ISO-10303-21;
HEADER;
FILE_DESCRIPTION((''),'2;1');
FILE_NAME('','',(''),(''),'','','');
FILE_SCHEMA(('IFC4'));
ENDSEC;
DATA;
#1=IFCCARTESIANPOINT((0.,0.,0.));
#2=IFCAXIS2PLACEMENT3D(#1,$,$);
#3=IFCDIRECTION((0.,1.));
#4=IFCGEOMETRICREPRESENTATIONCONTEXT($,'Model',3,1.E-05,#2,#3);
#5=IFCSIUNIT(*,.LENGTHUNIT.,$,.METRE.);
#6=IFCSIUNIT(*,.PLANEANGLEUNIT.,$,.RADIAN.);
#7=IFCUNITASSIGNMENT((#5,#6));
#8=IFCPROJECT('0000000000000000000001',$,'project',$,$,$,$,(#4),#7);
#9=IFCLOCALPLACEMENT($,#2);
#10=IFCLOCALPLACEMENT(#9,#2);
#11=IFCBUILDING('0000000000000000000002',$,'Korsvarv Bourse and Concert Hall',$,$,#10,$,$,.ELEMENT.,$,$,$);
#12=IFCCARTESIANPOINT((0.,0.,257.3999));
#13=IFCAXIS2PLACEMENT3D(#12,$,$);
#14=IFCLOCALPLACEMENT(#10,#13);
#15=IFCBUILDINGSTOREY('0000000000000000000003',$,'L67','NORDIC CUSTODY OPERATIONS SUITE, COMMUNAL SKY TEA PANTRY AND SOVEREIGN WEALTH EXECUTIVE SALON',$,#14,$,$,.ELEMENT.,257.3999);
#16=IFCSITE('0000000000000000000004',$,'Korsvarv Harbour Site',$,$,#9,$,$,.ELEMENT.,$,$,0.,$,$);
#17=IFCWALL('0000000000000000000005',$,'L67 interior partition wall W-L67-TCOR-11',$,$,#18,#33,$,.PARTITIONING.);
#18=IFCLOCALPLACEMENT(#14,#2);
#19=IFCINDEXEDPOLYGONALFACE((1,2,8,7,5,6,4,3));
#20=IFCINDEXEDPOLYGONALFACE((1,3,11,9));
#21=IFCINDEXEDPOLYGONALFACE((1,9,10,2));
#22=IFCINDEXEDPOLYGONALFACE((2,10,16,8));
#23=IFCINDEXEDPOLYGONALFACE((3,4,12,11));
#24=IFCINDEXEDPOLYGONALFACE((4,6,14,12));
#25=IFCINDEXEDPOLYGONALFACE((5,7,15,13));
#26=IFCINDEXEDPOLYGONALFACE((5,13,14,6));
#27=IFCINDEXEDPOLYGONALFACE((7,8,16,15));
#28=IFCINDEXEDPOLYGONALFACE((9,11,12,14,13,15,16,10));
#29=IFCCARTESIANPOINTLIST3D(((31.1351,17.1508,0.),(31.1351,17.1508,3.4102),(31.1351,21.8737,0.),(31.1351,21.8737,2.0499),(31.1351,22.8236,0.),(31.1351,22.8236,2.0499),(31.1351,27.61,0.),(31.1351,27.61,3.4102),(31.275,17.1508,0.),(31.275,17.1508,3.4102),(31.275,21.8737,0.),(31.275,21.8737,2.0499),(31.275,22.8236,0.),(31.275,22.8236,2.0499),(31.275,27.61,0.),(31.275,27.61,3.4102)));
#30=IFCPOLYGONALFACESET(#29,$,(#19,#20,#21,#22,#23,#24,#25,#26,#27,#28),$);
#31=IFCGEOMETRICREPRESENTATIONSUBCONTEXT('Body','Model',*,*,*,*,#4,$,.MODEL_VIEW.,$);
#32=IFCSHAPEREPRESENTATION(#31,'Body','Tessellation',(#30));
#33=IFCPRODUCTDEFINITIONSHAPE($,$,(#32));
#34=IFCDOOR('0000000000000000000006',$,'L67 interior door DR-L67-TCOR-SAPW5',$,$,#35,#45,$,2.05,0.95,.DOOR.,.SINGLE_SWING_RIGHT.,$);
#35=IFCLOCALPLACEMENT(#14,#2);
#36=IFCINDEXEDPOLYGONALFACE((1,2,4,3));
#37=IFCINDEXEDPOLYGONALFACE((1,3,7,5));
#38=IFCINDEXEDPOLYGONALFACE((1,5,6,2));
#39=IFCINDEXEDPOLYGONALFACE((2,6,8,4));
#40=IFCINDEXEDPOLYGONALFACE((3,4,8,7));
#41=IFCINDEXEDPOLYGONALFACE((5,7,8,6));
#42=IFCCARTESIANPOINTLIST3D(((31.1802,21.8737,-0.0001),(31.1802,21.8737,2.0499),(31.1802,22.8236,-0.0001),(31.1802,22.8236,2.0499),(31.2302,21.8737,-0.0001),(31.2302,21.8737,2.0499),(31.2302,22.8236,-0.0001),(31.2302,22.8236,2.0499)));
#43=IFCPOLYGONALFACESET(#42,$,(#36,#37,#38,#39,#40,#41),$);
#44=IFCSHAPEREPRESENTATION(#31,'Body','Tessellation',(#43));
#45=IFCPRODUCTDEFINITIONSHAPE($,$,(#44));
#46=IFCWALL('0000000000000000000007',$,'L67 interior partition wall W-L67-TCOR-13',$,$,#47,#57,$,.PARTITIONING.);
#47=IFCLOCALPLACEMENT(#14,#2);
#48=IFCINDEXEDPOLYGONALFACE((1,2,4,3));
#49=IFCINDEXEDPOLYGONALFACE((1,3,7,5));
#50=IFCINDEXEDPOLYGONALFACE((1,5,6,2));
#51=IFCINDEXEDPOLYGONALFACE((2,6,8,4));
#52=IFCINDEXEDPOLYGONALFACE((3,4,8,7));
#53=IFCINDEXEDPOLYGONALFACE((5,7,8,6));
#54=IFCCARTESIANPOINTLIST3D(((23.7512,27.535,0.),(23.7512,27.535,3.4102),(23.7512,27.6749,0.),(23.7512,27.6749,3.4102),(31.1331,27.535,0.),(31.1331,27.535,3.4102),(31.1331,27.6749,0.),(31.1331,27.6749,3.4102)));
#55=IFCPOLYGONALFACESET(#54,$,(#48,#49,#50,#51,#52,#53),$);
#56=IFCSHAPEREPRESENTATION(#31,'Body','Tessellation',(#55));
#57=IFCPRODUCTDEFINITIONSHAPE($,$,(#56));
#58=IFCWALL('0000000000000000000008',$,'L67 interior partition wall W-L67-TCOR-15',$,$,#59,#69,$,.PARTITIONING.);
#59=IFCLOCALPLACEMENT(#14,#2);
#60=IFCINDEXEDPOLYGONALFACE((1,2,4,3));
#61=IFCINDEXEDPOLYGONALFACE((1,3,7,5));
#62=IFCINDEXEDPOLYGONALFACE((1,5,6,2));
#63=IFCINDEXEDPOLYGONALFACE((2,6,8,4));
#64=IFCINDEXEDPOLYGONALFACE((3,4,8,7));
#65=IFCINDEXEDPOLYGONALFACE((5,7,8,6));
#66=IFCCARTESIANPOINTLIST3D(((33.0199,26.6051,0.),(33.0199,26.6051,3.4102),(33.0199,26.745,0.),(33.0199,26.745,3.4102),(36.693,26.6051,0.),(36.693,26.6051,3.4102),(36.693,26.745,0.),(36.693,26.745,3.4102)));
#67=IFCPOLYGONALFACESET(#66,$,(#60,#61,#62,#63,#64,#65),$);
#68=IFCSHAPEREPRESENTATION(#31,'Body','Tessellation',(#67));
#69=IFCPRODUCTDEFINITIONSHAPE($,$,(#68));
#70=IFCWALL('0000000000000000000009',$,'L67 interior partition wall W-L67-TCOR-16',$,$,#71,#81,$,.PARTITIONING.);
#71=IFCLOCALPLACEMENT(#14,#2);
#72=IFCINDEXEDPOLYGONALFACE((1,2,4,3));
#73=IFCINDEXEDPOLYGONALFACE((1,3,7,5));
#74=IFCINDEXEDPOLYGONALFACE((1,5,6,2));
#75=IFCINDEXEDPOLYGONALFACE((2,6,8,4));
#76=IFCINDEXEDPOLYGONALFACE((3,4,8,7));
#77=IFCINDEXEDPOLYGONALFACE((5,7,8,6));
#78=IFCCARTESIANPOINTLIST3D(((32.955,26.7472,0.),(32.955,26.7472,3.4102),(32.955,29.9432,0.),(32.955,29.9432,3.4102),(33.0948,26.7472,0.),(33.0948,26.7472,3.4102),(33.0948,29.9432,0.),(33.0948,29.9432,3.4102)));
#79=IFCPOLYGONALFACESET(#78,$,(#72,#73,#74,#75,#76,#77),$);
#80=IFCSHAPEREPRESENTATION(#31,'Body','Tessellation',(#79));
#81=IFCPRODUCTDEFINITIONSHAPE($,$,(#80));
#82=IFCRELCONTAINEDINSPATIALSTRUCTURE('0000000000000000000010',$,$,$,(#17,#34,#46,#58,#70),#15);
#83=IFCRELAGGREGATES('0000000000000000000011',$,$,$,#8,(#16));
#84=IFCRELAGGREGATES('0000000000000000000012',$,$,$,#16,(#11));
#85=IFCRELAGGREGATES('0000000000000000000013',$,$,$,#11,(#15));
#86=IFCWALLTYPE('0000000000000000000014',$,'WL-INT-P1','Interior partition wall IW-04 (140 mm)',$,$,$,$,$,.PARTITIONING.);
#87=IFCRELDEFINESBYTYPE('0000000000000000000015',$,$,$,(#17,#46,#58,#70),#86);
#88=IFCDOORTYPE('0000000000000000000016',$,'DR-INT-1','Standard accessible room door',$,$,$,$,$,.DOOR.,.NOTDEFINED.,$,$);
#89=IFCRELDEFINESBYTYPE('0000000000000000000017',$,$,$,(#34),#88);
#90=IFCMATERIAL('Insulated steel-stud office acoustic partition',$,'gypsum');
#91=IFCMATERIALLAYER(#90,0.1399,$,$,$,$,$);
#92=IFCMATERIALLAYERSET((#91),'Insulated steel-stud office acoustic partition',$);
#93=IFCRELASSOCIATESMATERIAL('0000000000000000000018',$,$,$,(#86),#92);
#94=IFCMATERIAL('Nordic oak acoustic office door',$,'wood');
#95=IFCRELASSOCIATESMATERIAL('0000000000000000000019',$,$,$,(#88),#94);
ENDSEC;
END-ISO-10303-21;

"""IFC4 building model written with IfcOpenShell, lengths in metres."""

from ifc_helpers import new_model, si_unit, direction, frame, frame_2d, origin, place, context, subcontext, project, spatial, rectangle, extrude, material, layer, layer_set, type_object, element, fill, save


model = new_model("IFC4")

# Units and contexts
model_context = context("Model", 3, precision=1e-05, world=origin(), true_north=direction((0.0, 1.0)))
body_context = subcontext(model_context, "Body", "Model", "MODEL_VIEW")
ifc_project = project(units=[si_unit("LENGTHUNIT", "METRE"), si_unit("PLANEANGLEUNIT", "RADIAN")], contexts=[model_context])

# Site, building, storey
site_placement = place(None, origin())
site = spatial("IfcSite", under=ifc_project, at=site_placement, Name="Korsvarv Harbour Site", CompositionType="ELEMENT", RefElevation=0.0)
building_placement = place(site_placement, origin())
building = spatial("IfcBuilding", under=site, at=building_placement, Name="Korsvarv Bourse and Concert Hall", CompositionType="ELEMENT")
storey_placement = place(building_placement, frame((0.0, 0.0, 257.3999)))
storey = spatial("IfcBuildingStorey", under=building, at=storey_placement, Name="L67", Description="NORDIC CUSTODY OPERATIONS SUITE, COMMUNAL SKY TEA PANTRY AND SOVEREIGN WEALTH EXECUTIVE SALON", CompositionType="ELEMENT", Elevation=257.3999)

# Wall, opening, door
ifc_material_1 = material(Name="Insulated steel-stud office acoustic partition", Category="gypsum")
ifc_layer_1 = layer(ifc_material_1, 0.1399)
ifc_layer_set_1 = layer_set([ifc_layer_1], Name="Insulated steel-stud office acoustic partition")
wall_type_1 = type_object("IfcWallType", Name="WL-INT-P1", Description="Interior partition wall IW-04 (140 mm)", PredefinedType="PARTITIONING", material=ifc_layer_set_1)
wall_1_placement = place(storey_placement, frame((31.2051, 17.1509, 0.0), z_axis=(0.0, 0.0, 1.0), x_axis=(0.0, 1.0, 0.0)))
wall_1 = element("IfcWall", 1, at=wall_1_placement, inside=storey, type_object=wall_type_1, Name="L67 interior partition wall W-L67-TCOR-11", PredefinedType="PARTITIONING", context=body_context, shape_type="SweptSolid", body=[
    extrude(rectangle(XDim=10.4592, YDim=0.1399, at=frame_2d((5.2295, 0.0))), origin(), (0.0, 0.0, 1.0), 3.4102),
])
opening_1_placement = place(wall_1_placement, frame((4.7227, 0.0, 0.0)))
opening_1 = element("IfcOpeningElement", 2, at=opening_1_placement, cuts=wall_1, PredefinedType="OPENING", context=body_context, shape_type="SweptSolid", body=[
    extrude(rectangle(XDim=0.95, YDim=2.05, at=frame_2d((0.4751, 1.0249))), frame((0.0, 0.0801, 0.0), z_axis=(0.0, -1.0, 0.0), x_axis=(1.0, 0.0, 0.0)), (0.0, 0.0, 1.0), 0.1599),
])
ifc_material_2 = material(Name="Nordic oak acoustic office door", Category="wood")
door_type_1 = type_object("IfcDoorType", Name="DR-INT-1", Description="Standard accessible room door", OperationType="NOTDEFINED", PredefinedType="DOOR", material=ifc_material_2)
door_1_placement = place(opening_1_placement, origin())
door_1 = element("IfcDoor", 3, at=door_1_placement, inside=storey, type_object=door_type_1, Name="L67 interior door DR-L67-TCOR-SAPW5", OperationType="SINGLE_SWING_RIGHT", OverallHeight=2.05, OverallWidth=0.95, PredefinedType="DOOR", context=body_context, shape_type="SweptSolid", body=[
    extrude(rectangle(XDim=0.95, YDim=2.05, at=frame_2d((0.4751, 1.0249))), frame((0.0, 0.0249, 0.0), z_axis=(0.0, -1.0, 0.0), x_axis=(1.0, 0.0, 0.0)), (0.0, 0.0, 1.0), 0.05),
])
fill(opening_1, door_1)

# Walls
wall_2_placement = place(storey_placement, frame((23.7512, 27.605, 0.0), z_axis=(0.0, 0.0, 1.0), x_axis=(1.0, 0.0, 0.0)))
element("IfcWall", 4, at=wall_2_placement, inside=storey, type_object=wall_type_1, Name="L67 interior partition wall W-L67-TCOR-13", PredefinedType="PARTITIONING", context=body_context, shape_type="SweptSolid", body=[
    extrude(rectangle(XDim=7.3818, YDim=0.1399, at=frame_2d((3.6909, 0.0))), origin(), (0.0, 0.0, 1.0), 3.4102),
])
wall_3_placement = place(storey_placement, frame((33.02, 26.675, 0.0), z_axis=(0.0, 0.0, 1.0), x_axis=(1.0, 0.0, 0.0)))
element("IfcWall", 5, at=wall_3_placement, inside=storey, type_object=wall_type_1, Name="L67 interior partition wall W-L67-TCOR-15", PredefinedType="PARTITIONING", context=body_context, shape_type="SweptSolid", body=[
    extrude(rectangle(XDim=3.6731, YDim=0.1399, at=frame_2d((1.8364, 0.0))), origin(), (0.0, 0.0, 1.0), 3.4102),
])
wall_4_placement = place(storey_placement, frame((33.0249, 26.7471, 0.0), z_axis=(0.0, 0.0, 1.0), x_axis=(0.0, 1.0, 0.0)))
element("IfcWall", 6, at=wall_4_placement, inside=storey, type_object=wall_type_1, Name="L67 interior partition wall W-L67-TCOR-16", PredefinedType="PARTITIONING", context=body_context, shape_type="SweptSolid", body=[
    extrude(rectangle(XDim=3.196, YDim=0.1399, at=frame_2d((1.5981, 0.0))), origin(), (0.0, 0.0, 1.0), 3.4102),
])

save(model, "model.ifc")
